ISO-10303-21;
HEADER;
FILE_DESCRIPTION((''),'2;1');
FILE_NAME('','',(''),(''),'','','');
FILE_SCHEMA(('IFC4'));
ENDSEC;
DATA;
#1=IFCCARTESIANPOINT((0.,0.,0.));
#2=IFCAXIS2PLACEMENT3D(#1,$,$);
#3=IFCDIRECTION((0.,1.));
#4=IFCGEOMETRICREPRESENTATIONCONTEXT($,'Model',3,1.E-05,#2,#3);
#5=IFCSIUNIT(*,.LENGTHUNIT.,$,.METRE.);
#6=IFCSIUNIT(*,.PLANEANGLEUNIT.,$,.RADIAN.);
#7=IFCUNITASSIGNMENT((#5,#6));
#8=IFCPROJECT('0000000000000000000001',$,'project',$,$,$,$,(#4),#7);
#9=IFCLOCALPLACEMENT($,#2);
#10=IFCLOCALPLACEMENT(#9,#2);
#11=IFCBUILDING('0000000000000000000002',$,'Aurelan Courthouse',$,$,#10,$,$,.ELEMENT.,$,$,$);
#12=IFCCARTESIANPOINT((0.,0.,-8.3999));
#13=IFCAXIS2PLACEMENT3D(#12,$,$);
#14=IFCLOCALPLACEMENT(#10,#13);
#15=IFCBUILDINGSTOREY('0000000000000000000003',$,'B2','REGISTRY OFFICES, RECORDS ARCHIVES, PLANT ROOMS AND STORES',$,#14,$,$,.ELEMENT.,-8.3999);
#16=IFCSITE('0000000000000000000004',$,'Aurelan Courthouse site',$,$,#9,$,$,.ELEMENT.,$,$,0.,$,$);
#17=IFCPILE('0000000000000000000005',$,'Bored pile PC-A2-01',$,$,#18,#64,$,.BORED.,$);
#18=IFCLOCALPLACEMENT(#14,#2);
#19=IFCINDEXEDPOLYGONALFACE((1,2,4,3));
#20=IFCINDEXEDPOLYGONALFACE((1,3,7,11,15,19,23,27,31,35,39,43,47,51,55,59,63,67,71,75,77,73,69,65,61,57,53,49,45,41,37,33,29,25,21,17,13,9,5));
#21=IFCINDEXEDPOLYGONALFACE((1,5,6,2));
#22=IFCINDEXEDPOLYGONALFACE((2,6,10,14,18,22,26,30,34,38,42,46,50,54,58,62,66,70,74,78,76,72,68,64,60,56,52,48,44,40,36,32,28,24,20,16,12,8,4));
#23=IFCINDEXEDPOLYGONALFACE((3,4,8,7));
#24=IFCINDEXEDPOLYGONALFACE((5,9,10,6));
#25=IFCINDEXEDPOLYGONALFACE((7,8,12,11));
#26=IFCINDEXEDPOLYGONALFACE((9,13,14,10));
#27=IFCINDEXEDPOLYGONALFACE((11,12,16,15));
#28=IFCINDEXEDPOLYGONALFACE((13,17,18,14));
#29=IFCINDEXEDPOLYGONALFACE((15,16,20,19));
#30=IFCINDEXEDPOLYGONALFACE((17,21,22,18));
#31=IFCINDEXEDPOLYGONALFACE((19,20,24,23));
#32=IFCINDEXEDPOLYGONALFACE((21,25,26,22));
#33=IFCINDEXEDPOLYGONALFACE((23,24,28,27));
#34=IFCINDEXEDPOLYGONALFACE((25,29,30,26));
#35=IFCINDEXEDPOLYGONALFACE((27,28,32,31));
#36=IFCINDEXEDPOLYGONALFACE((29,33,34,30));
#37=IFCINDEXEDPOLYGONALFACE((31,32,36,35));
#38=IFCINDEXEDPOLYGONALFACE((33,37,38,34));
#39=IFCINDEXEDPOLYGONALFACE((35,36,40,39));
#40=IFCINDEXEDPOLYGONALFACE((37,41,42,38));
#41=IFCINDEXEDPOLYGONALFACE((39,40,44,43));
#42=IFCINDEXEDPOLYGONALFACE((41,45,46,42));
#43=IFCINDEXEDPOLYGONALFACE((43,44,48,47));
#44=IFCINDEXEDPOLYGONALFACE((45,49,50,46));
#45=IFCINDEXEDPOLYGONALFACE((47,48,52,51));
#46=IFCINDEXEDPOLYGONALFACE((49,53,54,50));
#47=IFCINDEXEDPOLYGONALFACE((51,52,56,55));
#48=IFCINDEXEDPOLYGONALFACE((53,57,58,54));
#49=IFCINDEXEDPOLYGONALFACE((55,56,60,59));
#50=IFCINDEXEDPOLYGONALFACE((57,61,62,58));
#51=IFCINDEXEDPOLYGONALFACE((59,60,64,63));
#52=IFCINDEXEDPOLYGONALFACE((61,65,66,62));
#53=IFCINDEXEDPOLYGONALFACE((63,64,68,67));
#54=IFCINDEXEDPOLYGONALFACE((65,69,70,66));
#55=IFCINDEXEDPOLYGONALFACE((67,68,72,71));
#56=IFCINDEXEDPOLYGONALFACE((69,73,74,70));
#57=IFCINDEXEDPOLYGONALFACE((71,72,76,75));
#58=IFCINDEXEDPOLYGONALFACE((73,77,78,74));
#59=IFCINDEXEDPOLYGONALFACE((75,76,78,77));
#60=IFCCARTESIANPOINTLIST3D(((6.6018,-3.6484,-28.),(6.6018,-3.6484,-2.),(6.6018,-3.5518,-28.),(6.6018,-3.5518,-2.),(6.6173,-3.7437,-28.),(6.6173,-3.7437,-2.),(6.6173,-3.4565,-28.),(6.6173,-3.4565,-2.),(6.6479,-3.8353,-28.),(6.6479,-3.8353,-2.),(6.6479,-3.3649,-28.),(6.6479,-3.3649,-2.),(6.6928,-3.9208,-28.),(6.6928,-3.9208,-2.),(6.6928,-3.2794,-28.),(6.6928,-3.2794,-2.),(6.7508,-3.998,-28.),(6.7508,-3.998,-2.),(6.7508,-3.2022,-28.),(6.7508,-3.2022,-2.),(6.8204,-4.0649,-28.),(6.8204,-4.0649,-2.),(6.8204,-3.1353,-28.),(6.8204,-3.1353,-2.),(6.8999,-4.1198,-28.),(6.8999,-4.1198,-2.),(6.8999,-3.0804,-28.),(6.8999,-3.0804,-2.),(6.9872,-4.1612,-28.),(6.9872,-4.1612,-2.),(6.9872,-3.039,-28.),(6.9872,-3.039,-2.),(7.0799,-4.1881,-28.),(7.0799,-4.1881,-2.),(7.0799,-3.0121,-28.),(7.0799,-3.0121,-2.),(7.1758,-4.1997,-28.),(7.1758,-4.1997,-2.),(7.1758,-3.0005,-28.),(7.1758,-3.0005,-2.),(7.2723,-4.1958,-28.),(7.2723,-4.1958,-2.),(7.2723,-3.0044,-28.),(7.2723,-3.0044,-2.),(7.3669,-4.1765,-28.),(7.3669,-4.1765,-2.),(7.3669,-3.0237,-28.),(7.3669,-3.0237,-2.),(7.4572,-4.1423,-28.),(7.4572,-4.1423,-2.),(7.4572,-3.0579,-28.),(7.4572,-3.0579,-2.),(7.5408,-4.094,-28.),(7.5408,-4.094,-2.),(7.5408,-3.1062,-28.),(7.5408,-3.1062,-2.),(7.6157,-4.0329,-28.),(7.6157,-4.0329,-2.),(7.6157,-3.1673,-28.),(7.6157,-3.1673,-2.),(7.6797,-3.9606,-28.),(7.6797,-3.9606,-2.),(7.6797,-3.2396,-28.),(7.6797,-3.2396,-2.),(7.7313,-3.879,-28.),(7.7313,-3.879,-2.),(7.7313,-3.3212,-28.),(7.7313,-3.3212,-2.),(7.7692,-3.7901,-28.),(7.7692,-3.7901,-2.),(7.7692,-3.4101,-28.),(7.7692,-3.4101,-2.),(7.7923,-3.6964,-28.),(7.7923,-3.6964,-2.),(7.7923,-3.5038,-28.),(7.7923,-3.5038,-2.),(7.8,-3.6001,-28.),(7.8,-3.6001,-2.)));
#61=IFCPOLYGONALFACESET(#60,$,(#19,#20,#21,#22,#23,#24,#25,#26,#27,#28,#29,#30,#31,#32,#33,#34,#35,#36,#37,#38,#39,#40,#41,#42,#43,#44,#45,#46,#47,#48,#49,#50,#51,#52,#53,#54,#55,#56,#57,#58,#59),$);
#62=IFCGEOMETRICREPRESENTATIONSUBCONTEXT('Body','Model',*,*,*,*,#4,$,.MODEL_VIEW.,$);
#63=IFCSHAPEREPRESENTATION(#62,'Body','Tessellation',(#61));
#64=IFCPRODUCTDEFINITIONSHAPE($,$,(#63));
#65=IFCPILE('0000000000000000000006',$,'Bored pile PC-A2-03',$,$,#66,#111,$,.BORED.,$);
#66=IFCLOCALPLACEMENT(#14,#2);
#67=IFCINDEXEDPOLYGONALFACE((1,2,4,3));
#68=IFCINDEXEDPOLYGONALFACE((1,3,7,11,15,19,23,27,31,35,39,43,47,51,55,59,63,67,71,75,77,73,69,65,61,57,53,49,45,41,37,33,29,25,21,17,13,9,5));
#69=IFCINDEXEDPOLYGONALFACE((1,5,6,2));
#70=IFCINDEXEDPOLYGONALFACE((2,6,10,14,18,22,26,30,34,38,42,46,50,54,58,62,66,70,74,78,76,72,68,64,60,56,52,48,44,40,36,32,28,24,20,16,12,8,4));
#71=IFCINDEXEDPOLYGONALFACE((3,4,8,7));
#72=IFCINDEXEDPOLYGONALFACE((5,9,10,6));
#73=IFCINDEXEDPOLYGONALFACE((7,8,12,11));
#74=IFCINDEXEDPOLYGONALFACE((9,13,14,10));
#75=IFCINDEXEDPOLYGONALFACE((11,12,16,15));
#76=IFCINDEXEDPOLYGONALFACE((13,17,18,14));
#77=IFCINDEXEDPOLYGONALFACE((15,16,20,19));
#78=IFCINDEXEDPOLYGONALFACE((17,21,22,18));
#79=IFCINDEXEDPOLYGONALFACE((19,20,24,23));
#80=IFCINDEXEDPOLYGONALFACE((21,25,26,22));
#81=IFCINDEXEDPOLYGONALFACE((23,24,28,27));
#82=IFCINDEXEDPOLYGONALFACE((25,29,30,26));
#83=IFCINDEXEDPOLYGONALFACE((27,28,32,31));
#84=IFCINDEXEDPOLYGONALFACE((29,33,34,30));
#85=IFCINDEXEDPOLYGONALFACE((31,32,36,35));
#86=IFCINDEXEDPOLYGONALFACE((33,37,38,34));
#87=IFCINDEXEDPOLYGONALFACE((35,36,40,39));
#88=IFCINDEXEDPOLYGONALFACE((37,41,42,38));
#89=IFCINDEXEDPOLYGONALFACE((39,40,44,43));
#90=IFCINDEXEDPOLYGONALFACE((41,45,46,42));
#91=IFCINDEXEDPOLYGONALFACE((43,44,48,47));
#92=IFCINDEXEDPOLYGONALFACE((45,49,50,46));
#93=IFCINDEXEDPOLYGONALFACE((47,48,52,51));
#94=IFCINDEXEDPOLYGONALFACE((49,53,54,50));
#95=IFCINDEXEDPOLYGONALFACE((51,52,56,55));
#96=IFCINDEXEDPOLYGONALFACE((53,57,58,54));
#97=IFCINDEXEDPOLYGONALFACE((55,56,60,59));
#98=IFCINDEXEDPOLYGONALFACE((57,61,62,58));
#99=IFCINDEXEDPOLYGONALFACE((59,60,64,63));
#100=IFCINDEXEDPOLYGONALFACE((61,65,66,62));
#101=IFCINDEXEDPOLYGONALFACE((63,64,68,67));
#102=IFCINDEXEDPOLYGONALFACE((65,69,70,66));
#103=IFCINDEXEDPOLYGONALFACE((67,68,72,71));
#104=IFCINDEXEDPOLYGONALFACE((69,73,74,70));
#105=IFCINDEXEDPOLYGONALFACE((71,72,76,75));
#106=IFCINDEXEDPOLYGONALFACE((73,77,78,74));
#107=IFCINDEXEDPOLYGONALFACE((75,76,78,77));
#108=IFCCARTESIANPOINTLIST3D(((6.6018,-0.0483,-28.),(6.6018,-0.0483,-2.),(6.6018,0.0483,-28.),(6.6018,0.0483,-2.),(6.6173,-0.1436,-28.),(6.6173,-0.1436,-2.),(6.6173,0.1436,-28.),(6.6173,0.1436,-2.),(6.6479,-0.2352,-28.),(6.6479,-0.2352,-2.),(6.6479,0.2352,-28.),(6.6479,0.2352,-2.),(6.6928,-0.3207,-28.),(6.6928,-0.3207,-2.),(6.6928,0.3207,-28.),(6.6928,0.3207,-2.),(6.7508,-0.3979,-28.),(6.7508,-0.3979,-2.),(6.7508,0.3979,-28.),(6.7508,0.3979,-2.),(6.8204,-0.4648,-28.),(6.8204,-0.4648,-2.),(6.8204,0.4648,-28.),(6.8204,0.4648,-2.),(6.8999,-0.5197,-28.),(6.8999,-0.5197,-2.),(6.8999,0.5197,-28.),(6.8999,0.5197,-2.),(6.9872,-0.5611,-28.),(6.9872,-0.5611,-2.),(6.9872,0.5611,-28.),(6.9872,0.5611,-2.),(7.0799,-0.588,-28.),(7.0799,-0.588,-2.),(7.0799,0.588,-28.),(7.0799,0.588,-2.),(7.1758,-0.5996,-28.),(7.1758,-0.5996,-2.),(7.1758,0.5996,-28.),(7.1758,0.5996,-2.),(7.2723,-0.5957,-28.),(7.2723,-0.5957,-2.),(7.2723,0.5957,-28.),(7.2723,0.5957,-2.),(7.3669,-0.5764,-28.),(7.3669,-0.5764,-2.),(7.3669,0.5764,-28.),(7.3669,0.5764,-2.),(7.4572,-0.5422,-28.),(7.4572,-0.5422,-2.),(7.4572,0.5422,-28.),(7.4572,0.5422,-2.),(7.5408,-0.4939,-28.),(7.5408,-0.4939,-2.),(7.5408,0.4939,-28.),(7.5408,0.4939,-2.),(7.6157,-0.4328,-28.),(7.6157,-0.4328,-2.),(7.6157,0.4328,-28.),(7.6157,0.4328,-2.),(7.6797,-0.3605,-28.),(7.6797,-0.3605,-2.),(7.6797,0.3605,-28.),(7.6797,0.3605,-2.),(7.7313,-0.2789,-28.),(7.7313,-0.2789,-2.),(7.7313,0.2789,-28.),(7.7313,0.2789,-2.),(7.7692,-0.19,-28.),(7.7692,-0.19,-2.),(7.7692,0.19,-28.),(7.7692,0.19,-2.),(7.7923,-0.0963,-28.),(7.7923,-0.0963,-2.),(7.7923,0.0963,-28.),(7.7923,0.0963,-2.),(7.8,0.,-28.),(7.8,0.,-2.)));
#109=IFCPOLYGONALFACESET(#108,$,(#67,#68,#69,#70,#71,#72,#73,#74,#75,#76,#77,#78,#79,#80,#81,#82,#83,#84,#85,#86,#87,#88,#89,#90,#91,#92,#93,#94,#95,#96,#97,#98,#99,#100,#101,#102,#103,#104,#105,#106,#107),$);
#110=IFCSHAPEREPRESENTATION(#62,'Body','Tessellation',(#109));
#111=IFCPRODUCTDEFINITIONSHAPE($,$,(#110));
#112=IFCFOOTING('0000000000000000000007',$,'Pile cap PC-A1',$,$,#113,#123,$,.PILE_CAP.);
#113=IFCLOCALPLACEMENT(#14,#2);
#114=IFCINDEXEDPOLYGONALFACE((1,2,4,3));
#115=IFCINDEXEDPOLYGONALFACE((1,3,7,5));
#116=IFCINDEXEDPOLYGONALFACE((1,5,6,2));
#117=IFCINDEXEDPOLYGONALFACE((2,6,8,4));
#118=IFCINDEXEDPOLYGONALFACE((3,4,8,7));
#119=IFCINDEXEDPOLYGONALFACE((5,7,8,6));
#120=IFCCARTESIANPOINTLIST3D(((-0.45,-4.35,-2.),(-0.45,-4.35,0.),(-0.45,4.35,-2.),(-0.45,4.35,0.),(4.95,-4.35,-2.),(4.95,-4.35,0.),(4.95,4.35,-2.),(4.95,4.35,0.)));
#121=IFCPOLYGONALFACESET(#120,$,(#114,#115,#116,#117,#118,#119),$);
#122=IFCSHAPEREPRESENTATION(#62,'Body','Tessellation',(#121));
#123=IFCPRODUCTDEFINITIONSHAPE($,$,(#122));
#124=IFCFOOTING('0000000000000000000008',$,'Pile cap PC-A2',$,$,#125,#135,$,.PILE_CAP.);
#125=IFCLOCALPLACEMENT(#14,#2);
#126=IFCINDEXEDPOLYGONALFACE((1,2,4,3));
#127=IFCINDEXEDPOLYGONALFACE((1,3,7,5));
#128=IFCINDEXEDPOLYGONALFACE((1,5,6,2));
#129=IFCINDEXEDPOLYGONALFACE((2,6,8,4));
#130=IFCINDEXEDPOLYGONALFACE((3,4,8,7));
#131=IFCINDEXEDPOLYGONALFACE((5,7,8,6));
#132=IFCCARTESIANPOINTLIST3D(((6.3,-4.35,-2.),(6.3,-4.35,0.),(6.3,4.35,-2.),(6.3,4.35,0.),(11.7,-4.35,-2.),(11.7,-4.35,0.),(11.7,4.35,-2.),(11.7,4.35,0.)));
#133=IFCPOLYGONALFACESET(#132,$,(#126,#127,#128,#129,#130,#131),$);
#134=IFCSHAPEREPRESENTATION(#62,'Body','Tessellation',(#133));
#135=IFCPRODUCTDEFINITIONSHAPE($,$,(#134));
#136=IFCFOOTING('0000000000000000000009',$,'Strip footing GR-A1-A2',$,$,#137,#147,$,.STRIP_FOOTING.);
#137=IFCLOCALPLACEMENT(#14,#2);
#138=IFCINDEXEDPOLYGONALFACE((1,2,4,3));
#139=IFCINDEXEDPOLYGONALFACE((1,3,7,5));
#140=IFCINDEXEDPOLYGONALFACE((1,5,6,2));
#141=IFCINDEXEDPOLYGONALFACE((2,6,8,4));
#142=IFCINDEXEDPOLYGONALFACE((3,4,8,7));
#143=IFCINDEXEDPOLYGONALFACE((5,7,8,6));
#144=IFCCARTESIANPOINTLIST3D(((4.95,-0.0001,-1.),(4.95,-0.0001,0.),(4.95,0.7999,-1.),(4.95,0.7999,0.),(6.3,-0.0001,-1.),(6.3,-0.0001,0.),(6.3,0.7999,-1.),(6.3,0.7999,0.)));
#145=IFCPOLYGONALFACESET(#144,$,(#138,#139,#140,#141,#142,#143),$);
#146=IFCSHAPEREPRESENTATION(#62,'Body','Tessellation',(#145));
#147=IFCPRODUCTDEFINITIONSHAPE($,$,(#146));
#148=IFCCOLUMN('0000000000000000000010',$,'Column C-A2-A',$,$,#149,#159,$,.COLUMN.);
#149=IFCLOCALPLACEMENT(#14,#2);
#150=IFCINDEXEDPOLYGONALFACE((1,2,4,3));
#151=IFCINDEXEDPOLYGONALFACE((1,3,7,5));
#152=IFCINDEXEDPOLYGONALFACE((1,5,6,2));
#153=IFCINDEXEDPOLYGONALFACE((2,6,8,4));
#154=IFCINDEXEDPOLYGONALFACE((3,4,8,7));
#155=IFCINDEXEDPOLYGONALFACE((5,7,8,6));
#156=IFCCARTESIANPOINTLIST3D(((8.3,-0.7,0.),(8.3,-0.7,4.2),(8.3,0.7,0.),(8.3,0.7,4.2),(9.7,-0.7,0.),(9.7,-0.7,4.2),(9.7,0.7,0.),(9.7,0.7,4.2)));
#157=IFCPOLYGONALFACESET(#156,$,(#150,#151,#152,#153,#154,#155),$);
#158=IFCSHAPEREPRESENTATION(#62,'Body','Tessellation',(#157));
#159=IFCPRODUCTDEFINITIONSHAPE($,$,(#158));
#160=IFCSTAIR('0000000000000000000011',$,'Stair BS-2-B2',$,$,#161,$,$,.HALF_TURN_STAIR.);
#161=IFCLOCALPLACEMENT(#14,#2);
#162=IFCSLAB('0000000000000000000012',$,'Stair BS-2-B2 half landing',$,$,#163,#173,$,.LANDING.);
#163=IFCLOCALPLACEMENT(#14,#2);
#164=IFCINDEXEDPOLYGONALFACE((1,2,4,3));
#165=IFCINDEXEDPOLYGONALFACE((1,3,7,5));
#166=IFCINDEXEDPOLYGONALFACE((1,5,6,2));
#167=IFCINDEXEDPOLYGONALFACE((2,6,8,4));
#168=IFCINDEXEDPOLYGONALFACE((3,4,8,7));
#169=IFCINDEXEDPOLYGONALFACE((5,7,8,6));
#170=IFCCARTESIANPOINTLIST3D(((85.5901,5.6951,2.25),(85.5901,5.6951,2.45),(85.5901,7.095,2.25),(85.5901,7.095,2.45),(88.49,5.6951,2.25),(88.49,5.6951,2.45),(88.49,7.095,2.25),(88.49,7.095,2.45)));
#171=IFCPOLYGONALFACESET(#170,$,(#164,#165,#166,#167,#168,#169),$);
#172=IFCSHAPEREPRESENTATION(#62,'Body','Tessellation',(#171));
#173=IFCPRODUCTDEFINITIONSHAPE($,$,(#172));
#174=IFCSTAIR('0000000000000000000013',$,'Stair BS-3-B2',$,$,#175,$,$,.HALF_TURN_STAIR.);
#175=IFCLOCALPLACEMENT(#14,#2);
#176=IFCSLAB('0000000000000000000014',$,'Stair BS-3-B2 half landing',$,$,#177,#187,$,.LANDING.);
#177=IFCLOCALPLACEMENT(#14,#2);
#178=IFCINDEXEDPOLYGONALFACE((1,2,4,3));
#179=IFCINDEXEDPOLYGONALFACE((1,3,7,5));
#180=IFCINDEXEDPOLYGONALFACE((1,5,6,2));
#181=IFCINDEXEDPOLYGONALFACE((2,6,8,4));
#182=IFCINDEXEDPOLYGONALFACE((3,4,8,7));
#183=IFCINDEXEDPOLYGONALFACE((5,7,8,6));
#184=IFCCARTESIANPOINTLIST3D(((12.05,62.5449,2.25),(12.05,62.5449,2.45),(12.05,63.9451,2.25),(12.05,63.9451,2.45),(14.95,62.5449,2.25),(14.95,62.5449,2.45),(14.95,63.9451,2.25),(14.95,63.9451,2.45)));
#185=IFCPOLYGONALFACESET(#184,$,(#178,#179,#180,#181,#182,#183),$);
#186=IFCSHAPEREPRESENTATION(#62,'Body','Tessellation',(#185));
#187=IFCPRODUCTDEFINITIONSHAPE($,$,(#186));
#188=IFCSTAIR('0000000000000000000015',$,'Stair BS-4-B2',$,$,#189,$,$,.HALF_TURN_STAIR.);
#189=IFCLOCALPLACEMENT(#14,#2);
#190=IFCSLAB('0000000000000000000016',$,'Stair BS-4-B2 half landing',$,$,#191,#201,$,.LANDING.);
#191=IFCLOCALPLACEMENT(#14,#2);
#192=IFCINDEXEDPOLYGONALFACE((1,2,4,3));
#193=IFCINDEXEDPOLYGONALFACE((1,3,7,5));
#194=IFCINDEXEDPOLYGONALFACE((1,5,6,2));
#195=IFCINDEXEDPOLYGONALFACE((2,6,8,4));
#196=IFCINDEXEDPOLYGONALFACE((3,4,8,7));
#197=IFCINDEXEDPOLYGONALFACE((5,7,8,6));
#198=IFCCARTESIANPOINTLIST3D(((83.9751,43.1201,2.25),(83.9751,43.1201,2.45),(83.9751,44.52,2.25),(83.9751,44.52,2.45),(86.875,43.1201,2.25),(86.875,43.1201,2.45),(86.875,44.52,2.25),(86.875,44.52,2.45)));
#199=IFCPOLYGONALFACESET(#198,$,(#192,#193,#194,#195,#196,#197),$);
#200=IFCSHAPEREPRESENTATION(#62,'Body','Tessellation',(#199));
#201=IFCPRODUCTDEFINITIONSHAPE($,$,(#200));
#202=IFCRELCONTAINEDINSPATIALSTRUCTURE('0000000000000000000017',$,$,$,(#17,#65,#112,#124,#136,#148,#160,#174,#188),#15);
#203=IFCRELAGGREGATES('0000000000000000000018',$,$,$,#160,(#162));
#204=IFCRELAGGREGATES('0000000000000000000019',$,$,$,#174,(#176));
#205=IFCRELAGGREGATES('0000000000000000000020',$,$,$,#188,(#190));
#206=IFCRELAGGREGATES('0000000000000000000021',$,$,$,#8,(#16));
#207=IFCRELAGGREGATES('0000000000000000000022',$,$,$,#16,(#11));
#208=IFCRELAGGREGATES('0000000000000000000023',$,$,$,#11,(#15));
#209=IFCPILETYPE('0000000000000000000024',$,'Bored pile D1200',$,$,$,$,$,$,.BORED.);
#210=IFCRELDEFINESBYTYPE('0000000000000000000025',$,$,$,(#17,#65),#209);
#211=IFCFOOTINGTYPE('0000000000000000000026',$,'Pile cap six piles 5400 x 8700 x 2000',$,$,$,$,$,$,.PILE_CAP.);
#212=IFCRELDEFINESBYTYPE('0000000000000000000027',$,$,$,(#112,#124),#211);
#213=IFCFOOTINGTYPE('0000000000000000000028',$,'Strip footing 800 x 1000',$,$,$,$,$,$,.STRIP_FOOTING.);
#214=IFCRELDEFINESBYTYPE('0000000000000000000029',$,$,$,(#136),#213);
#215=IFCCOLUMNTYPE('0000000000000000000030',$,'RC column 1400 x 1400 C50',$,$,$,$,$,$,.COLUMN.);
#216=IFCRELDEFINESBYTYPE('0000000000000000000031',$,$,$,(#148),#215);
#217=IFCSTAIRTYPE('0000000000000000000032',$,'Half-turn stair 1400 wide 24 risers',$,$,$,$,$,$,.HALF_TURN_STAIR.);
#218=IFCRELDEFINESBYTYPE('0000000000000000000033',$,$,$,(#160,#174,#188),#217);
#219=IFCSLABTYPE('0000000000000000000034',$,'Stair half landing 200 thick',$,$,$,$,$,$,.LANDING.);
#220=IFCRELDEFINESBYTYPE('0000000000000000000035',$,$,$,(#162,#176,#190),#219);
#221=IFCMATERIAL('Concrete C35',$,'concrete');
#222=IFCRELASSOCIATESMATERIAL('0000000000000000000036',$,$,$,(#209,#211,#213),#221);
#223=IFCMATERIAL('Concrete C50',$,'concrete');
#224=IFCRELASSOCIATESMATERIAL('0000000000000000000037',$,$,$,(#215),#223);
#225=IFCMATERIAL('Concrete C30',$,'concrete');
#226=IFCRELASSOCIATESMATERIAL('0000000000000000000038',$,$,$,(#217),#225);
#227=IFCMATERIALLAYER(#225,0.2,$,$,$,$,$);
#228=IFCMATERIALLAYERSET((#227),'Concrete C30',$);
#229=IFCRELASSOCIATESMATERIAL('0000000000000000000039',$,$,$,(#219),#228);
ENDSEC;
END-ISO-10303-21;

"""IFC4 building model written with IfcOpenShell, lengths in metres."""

from ifc_helpers import new_model, si_unit, direction, frame, origin, origin_2d, place, context, subcontext, project, spatial, polyline, rectangle, circle, outline, extrude, material, layer, layer_set, material_profile, profile_set, type_object, element, aggregate, save


model = new_model("IFC4")

# Units and contexts
model_context = context("Model", 3, precision=1e-05, world=origin(), true_north=direction((0.0, 1.0)))
body_context = subcontext(model_context, "Body", "Model", "MODEL_VIEW")
ifc_project = project(units=[si_unit("LENGTHUNIT", "METRE"), si_unit("PLANEANGLEUNIT", "RADIAN")], contexts=[model_context])

# Site, building, storey
site_placement = place(None, origin())
site = spatial("IfcSite", under=ifc_project, at=site_placement, Name="Aurelan Courthouse site", CompositionType="ELEMENT", RefElevation=0.0)
building_placement = place(site_placement, origin())
building = spatial("IfcBuilding", under=site, at=building_placement, Name="Aurelan Courthouse", CompositionType="ELEMENT")
storey_placement = place(building_placement, frame((0.0, 0.0, -8.3999)))
storey = spatial("IfcBuildingStorey", under=building, at=storey_placement, Name="B2", Description="REGISTRY OFFICES, RECORDS ARCHIVES, PLANT ROOMS AND STORES", CompositionType="ELEMENT", Elevation=-8.3999)

# Piles
ifc_material_1 = material(Name="Concrete C35", Category="concrete")
ifc_material_profile_1 = material_profile(ifc_material_1, circle(Radius=0.6001, at=origin_2d()), Name="D1200")
ifc_profile_set_1 = profile_set([ifc_material_profile_1], Name="Concrete C35")
pile_type = type_object("IfcPileType", Name="Bored pile D1200", PredefinedType="BORED", material=ifc_profile_set_1)
for number, where, z_axis, x_axis, name in (
    (1, (7.2, -3.6001, -2.0), (0.0, 0.0, -1.0), (1.0, 0.0, 0.0), "Bored pile PC-A2-01"),
    (2, (7.2, 0.0, -2.0), (0.0, 0.0, -1.0), (1.0, 0.0, 0.0), "Bored pile PC-A2-03"),
):
    element("IfcPile", number, at=place(storey_placement, frame(where, z_axis=z_axis, x_axis=x_axis)), inside=storey, type_object=pile_type, Name=name, PredefinedType="BORED", context=body_context, shape_type="SweptSolid", body=[
        extrude(circle(Radius=0.6001, at=origin_2d()), origin(), (0.0, 0.0, 1.0), 26.0),
    ])

# Footings
footing_type_1 = type_object("IfcFootingType", Name="Pile cap six piles 5400 x 8700 x 2000", PredefinedType="PILE_CAP", material=ifc_material_1)
for number, where, z_axis, x_axis, name in (
    (3, (2.25, 0.0, -2.0), (0.0, 0.0, 1.0), (1.0, 0.0, 0.0), "Pile cap PC-A1"),
    (4, (9.0, 0.0, -2.0), (0.0, 0.0, 1.0), (1.0, 0.0, 0.0), "Pile cap PC-A2"),
):
    element("IfcFooting", number, at=place(storey_placement, frame(where, z_axis=z_axis, x_axis=x_axis)), inside=storey, type_object=footing_type_1, Name=name, PredefinedType="PILE_CAP", context=body_context, shape_type="SweptSolid", body=[
        extrude(rectangle(XDim=5.3999, YDim=8.7, at=origin_2d()), origin(), (0.0, 0.0, 1.0), 2.0),
    ])
footing_type_2 = type_object("IfcFootingType", Name="Strip footing 800 x 1000", PredefinedType="STRIP_FOOTING", material=ifc_material_1)
footing_placement = place(storey_placement, frame((5.625, 0.3999, -1.0), z_axis=(0.0, 0.0, 1.0), x_axis=(1.0, 0.0, 0.0)))
element("IfcFooting", 5, at=footing_placement, inside=storey, type_object=footing_type_2, Name="Strip footing GR-A1-A2", PredefinedType="STRIP_FOOTING", context=body_context, shape_type="SweptSolid", body=[
    extrude(rectangle(XDim=1.3501, YDim=0.8, at=origin_2d()), origin(), (0.0, 0.0, 1.0), 1.0),
])

# Column
ifc_material_2 = material(Name="Concrete C50", Category="concrete")
ifc_material_profile_2 = material_profile(ifc_material_2, rectangle(XDim=1.3999, YDim=1.3999, at=origin_2d()), Name="RC 1400 x 1400")
ifc_profile_set_2 = profile_set([ifc_material_profile_2], Name="Concrete C50")
column_type = type_object("IfcColumnType", Name="RC column 1400 x 1400 C50", PredefinedType="COLUMN", material=ifc_profile_set_2)
column_placement = place(storey_placement, frame((9.0, 0.0, 0.0), z_axis=(0.0, 0.0, 1.0), x_axis=(1.0, 0.0, 0.0)))
element("IfcColumn", 6, at=column_placement, inside=storey, type_object=column_type, Name="Column C-A2-A", PredefinedType="COLUMN", context=body_context, shape_type="SweptSolid", body=[
    extrude(rectangle(XDim=1.3999, YDim=1.3999, at=origin_2d()), origin(), (0.0, 0.0, 1.0), 4.2),
])

# Stairs, slabs
ifc_material_3 = material(Name="Concrete C30", Category="concrete")
stair_type_1 = type_object("IfcStairType", Name="Half-turn stair 1400 wide 24 risers", PredefinedType="HALF_TURN_STAIR", material=ifc_material_3)
stair_1_placement = place(storey_placement, origin())
stair_1 = element("IfcStair", 7, at=stair_1_placement, inside=storey, type_object=stair_type_1, Name="Stair BS-2-B2", PredefinedType="HALF_TURN_STAIR")
ifc_layer_1 = layer(ifc_material_3, 0.2)
ifc_layer_set_1 = layer_set([ifc_layer_1], Name="Concrete C30")
slab_type = type_object("IfcSlabType", Name="Stair half landing 200 thick", PredefinedType="LANDING", material=ifc_layer_set_1)
slab_1_placement = place(storey_placement, frame((0.0, 0.0, 2.25)))
slab_1 = element("IfcSlab", 8, at=slab_1_placement, type_object=slab_type, Name="Stair BS-2-B2 half landing", PredefinedType="LANDING", context=body_context, shape_type="SweptSolid", body=[
    extrude(outline(polyline([(85.5901, 7.095), (88.49, 7.095), (88.49, 5.6951), (85.5901, 5.6951), (85.5901, 7.095)])), origin(), (0.0, 0.0, 1.0), 0.2),
])
aggregate(stair_1, [slab_1])
stair_2_placement = place(storey_placement, origin())
stair_2 = element("IfcStair", 9, at=stair_2_placement, inside=storey, type_object=stair_type_1, Name="Stair BS-3-B2", PredefinedType="HALF_TURN_STAIR")
slab_2_placement = place(storey_placement, frame((0.0, 0.0, 2.25)))
slab_2 = element("IfcSlab", 10, at=slab_2_placement, type_object=slab_type, Name="Stair BS-3-B2 half landing", PredefinedType="LANDING", context=body_context, shape_type="SweptSolid", body=[
    extrude(outline(polyline([(12.05, 63.9451), (14.95, 63.9451), (14.95, 62.5449), (12.05, 62.5449), (12.05, 63.9451)])), origin(), (0.0, 0.0, 1.0), 0.2),
])
aggregate(stair_2, [slab_2])
stair_3_placement = place(storey_placement, origin())
stair_3 = element("IfcStair", 11, at=stair_3_placement, inside=storey, type_object=stair_type_1, Name="Stair BS-4-B2", PredefinedType="HALF_TURN_STAIR")
slab_3_placement = place(storey_placement, frame((0.0, 0.0, 2.25)))
slab_3 = element("IfcSlab", 12, at=slab_3_placement, type_object=slab_type, Name="Stair BS-4-B2 half landing", PredefinedType="LANDING", context=body_context, shape_type="SweptSolid", body=[
    extrude(outline(polyline([(83.9751, 44.52), (86.875, 44.52), (86.875, 43.1201), (83.9751, 43.1201), (83.9751, 44.52)])), origin(), (0.0, 0.0, 1.0), 0.2),
])
aggregate(stair_3, [slab_3])

save(model, "model.ifc")
